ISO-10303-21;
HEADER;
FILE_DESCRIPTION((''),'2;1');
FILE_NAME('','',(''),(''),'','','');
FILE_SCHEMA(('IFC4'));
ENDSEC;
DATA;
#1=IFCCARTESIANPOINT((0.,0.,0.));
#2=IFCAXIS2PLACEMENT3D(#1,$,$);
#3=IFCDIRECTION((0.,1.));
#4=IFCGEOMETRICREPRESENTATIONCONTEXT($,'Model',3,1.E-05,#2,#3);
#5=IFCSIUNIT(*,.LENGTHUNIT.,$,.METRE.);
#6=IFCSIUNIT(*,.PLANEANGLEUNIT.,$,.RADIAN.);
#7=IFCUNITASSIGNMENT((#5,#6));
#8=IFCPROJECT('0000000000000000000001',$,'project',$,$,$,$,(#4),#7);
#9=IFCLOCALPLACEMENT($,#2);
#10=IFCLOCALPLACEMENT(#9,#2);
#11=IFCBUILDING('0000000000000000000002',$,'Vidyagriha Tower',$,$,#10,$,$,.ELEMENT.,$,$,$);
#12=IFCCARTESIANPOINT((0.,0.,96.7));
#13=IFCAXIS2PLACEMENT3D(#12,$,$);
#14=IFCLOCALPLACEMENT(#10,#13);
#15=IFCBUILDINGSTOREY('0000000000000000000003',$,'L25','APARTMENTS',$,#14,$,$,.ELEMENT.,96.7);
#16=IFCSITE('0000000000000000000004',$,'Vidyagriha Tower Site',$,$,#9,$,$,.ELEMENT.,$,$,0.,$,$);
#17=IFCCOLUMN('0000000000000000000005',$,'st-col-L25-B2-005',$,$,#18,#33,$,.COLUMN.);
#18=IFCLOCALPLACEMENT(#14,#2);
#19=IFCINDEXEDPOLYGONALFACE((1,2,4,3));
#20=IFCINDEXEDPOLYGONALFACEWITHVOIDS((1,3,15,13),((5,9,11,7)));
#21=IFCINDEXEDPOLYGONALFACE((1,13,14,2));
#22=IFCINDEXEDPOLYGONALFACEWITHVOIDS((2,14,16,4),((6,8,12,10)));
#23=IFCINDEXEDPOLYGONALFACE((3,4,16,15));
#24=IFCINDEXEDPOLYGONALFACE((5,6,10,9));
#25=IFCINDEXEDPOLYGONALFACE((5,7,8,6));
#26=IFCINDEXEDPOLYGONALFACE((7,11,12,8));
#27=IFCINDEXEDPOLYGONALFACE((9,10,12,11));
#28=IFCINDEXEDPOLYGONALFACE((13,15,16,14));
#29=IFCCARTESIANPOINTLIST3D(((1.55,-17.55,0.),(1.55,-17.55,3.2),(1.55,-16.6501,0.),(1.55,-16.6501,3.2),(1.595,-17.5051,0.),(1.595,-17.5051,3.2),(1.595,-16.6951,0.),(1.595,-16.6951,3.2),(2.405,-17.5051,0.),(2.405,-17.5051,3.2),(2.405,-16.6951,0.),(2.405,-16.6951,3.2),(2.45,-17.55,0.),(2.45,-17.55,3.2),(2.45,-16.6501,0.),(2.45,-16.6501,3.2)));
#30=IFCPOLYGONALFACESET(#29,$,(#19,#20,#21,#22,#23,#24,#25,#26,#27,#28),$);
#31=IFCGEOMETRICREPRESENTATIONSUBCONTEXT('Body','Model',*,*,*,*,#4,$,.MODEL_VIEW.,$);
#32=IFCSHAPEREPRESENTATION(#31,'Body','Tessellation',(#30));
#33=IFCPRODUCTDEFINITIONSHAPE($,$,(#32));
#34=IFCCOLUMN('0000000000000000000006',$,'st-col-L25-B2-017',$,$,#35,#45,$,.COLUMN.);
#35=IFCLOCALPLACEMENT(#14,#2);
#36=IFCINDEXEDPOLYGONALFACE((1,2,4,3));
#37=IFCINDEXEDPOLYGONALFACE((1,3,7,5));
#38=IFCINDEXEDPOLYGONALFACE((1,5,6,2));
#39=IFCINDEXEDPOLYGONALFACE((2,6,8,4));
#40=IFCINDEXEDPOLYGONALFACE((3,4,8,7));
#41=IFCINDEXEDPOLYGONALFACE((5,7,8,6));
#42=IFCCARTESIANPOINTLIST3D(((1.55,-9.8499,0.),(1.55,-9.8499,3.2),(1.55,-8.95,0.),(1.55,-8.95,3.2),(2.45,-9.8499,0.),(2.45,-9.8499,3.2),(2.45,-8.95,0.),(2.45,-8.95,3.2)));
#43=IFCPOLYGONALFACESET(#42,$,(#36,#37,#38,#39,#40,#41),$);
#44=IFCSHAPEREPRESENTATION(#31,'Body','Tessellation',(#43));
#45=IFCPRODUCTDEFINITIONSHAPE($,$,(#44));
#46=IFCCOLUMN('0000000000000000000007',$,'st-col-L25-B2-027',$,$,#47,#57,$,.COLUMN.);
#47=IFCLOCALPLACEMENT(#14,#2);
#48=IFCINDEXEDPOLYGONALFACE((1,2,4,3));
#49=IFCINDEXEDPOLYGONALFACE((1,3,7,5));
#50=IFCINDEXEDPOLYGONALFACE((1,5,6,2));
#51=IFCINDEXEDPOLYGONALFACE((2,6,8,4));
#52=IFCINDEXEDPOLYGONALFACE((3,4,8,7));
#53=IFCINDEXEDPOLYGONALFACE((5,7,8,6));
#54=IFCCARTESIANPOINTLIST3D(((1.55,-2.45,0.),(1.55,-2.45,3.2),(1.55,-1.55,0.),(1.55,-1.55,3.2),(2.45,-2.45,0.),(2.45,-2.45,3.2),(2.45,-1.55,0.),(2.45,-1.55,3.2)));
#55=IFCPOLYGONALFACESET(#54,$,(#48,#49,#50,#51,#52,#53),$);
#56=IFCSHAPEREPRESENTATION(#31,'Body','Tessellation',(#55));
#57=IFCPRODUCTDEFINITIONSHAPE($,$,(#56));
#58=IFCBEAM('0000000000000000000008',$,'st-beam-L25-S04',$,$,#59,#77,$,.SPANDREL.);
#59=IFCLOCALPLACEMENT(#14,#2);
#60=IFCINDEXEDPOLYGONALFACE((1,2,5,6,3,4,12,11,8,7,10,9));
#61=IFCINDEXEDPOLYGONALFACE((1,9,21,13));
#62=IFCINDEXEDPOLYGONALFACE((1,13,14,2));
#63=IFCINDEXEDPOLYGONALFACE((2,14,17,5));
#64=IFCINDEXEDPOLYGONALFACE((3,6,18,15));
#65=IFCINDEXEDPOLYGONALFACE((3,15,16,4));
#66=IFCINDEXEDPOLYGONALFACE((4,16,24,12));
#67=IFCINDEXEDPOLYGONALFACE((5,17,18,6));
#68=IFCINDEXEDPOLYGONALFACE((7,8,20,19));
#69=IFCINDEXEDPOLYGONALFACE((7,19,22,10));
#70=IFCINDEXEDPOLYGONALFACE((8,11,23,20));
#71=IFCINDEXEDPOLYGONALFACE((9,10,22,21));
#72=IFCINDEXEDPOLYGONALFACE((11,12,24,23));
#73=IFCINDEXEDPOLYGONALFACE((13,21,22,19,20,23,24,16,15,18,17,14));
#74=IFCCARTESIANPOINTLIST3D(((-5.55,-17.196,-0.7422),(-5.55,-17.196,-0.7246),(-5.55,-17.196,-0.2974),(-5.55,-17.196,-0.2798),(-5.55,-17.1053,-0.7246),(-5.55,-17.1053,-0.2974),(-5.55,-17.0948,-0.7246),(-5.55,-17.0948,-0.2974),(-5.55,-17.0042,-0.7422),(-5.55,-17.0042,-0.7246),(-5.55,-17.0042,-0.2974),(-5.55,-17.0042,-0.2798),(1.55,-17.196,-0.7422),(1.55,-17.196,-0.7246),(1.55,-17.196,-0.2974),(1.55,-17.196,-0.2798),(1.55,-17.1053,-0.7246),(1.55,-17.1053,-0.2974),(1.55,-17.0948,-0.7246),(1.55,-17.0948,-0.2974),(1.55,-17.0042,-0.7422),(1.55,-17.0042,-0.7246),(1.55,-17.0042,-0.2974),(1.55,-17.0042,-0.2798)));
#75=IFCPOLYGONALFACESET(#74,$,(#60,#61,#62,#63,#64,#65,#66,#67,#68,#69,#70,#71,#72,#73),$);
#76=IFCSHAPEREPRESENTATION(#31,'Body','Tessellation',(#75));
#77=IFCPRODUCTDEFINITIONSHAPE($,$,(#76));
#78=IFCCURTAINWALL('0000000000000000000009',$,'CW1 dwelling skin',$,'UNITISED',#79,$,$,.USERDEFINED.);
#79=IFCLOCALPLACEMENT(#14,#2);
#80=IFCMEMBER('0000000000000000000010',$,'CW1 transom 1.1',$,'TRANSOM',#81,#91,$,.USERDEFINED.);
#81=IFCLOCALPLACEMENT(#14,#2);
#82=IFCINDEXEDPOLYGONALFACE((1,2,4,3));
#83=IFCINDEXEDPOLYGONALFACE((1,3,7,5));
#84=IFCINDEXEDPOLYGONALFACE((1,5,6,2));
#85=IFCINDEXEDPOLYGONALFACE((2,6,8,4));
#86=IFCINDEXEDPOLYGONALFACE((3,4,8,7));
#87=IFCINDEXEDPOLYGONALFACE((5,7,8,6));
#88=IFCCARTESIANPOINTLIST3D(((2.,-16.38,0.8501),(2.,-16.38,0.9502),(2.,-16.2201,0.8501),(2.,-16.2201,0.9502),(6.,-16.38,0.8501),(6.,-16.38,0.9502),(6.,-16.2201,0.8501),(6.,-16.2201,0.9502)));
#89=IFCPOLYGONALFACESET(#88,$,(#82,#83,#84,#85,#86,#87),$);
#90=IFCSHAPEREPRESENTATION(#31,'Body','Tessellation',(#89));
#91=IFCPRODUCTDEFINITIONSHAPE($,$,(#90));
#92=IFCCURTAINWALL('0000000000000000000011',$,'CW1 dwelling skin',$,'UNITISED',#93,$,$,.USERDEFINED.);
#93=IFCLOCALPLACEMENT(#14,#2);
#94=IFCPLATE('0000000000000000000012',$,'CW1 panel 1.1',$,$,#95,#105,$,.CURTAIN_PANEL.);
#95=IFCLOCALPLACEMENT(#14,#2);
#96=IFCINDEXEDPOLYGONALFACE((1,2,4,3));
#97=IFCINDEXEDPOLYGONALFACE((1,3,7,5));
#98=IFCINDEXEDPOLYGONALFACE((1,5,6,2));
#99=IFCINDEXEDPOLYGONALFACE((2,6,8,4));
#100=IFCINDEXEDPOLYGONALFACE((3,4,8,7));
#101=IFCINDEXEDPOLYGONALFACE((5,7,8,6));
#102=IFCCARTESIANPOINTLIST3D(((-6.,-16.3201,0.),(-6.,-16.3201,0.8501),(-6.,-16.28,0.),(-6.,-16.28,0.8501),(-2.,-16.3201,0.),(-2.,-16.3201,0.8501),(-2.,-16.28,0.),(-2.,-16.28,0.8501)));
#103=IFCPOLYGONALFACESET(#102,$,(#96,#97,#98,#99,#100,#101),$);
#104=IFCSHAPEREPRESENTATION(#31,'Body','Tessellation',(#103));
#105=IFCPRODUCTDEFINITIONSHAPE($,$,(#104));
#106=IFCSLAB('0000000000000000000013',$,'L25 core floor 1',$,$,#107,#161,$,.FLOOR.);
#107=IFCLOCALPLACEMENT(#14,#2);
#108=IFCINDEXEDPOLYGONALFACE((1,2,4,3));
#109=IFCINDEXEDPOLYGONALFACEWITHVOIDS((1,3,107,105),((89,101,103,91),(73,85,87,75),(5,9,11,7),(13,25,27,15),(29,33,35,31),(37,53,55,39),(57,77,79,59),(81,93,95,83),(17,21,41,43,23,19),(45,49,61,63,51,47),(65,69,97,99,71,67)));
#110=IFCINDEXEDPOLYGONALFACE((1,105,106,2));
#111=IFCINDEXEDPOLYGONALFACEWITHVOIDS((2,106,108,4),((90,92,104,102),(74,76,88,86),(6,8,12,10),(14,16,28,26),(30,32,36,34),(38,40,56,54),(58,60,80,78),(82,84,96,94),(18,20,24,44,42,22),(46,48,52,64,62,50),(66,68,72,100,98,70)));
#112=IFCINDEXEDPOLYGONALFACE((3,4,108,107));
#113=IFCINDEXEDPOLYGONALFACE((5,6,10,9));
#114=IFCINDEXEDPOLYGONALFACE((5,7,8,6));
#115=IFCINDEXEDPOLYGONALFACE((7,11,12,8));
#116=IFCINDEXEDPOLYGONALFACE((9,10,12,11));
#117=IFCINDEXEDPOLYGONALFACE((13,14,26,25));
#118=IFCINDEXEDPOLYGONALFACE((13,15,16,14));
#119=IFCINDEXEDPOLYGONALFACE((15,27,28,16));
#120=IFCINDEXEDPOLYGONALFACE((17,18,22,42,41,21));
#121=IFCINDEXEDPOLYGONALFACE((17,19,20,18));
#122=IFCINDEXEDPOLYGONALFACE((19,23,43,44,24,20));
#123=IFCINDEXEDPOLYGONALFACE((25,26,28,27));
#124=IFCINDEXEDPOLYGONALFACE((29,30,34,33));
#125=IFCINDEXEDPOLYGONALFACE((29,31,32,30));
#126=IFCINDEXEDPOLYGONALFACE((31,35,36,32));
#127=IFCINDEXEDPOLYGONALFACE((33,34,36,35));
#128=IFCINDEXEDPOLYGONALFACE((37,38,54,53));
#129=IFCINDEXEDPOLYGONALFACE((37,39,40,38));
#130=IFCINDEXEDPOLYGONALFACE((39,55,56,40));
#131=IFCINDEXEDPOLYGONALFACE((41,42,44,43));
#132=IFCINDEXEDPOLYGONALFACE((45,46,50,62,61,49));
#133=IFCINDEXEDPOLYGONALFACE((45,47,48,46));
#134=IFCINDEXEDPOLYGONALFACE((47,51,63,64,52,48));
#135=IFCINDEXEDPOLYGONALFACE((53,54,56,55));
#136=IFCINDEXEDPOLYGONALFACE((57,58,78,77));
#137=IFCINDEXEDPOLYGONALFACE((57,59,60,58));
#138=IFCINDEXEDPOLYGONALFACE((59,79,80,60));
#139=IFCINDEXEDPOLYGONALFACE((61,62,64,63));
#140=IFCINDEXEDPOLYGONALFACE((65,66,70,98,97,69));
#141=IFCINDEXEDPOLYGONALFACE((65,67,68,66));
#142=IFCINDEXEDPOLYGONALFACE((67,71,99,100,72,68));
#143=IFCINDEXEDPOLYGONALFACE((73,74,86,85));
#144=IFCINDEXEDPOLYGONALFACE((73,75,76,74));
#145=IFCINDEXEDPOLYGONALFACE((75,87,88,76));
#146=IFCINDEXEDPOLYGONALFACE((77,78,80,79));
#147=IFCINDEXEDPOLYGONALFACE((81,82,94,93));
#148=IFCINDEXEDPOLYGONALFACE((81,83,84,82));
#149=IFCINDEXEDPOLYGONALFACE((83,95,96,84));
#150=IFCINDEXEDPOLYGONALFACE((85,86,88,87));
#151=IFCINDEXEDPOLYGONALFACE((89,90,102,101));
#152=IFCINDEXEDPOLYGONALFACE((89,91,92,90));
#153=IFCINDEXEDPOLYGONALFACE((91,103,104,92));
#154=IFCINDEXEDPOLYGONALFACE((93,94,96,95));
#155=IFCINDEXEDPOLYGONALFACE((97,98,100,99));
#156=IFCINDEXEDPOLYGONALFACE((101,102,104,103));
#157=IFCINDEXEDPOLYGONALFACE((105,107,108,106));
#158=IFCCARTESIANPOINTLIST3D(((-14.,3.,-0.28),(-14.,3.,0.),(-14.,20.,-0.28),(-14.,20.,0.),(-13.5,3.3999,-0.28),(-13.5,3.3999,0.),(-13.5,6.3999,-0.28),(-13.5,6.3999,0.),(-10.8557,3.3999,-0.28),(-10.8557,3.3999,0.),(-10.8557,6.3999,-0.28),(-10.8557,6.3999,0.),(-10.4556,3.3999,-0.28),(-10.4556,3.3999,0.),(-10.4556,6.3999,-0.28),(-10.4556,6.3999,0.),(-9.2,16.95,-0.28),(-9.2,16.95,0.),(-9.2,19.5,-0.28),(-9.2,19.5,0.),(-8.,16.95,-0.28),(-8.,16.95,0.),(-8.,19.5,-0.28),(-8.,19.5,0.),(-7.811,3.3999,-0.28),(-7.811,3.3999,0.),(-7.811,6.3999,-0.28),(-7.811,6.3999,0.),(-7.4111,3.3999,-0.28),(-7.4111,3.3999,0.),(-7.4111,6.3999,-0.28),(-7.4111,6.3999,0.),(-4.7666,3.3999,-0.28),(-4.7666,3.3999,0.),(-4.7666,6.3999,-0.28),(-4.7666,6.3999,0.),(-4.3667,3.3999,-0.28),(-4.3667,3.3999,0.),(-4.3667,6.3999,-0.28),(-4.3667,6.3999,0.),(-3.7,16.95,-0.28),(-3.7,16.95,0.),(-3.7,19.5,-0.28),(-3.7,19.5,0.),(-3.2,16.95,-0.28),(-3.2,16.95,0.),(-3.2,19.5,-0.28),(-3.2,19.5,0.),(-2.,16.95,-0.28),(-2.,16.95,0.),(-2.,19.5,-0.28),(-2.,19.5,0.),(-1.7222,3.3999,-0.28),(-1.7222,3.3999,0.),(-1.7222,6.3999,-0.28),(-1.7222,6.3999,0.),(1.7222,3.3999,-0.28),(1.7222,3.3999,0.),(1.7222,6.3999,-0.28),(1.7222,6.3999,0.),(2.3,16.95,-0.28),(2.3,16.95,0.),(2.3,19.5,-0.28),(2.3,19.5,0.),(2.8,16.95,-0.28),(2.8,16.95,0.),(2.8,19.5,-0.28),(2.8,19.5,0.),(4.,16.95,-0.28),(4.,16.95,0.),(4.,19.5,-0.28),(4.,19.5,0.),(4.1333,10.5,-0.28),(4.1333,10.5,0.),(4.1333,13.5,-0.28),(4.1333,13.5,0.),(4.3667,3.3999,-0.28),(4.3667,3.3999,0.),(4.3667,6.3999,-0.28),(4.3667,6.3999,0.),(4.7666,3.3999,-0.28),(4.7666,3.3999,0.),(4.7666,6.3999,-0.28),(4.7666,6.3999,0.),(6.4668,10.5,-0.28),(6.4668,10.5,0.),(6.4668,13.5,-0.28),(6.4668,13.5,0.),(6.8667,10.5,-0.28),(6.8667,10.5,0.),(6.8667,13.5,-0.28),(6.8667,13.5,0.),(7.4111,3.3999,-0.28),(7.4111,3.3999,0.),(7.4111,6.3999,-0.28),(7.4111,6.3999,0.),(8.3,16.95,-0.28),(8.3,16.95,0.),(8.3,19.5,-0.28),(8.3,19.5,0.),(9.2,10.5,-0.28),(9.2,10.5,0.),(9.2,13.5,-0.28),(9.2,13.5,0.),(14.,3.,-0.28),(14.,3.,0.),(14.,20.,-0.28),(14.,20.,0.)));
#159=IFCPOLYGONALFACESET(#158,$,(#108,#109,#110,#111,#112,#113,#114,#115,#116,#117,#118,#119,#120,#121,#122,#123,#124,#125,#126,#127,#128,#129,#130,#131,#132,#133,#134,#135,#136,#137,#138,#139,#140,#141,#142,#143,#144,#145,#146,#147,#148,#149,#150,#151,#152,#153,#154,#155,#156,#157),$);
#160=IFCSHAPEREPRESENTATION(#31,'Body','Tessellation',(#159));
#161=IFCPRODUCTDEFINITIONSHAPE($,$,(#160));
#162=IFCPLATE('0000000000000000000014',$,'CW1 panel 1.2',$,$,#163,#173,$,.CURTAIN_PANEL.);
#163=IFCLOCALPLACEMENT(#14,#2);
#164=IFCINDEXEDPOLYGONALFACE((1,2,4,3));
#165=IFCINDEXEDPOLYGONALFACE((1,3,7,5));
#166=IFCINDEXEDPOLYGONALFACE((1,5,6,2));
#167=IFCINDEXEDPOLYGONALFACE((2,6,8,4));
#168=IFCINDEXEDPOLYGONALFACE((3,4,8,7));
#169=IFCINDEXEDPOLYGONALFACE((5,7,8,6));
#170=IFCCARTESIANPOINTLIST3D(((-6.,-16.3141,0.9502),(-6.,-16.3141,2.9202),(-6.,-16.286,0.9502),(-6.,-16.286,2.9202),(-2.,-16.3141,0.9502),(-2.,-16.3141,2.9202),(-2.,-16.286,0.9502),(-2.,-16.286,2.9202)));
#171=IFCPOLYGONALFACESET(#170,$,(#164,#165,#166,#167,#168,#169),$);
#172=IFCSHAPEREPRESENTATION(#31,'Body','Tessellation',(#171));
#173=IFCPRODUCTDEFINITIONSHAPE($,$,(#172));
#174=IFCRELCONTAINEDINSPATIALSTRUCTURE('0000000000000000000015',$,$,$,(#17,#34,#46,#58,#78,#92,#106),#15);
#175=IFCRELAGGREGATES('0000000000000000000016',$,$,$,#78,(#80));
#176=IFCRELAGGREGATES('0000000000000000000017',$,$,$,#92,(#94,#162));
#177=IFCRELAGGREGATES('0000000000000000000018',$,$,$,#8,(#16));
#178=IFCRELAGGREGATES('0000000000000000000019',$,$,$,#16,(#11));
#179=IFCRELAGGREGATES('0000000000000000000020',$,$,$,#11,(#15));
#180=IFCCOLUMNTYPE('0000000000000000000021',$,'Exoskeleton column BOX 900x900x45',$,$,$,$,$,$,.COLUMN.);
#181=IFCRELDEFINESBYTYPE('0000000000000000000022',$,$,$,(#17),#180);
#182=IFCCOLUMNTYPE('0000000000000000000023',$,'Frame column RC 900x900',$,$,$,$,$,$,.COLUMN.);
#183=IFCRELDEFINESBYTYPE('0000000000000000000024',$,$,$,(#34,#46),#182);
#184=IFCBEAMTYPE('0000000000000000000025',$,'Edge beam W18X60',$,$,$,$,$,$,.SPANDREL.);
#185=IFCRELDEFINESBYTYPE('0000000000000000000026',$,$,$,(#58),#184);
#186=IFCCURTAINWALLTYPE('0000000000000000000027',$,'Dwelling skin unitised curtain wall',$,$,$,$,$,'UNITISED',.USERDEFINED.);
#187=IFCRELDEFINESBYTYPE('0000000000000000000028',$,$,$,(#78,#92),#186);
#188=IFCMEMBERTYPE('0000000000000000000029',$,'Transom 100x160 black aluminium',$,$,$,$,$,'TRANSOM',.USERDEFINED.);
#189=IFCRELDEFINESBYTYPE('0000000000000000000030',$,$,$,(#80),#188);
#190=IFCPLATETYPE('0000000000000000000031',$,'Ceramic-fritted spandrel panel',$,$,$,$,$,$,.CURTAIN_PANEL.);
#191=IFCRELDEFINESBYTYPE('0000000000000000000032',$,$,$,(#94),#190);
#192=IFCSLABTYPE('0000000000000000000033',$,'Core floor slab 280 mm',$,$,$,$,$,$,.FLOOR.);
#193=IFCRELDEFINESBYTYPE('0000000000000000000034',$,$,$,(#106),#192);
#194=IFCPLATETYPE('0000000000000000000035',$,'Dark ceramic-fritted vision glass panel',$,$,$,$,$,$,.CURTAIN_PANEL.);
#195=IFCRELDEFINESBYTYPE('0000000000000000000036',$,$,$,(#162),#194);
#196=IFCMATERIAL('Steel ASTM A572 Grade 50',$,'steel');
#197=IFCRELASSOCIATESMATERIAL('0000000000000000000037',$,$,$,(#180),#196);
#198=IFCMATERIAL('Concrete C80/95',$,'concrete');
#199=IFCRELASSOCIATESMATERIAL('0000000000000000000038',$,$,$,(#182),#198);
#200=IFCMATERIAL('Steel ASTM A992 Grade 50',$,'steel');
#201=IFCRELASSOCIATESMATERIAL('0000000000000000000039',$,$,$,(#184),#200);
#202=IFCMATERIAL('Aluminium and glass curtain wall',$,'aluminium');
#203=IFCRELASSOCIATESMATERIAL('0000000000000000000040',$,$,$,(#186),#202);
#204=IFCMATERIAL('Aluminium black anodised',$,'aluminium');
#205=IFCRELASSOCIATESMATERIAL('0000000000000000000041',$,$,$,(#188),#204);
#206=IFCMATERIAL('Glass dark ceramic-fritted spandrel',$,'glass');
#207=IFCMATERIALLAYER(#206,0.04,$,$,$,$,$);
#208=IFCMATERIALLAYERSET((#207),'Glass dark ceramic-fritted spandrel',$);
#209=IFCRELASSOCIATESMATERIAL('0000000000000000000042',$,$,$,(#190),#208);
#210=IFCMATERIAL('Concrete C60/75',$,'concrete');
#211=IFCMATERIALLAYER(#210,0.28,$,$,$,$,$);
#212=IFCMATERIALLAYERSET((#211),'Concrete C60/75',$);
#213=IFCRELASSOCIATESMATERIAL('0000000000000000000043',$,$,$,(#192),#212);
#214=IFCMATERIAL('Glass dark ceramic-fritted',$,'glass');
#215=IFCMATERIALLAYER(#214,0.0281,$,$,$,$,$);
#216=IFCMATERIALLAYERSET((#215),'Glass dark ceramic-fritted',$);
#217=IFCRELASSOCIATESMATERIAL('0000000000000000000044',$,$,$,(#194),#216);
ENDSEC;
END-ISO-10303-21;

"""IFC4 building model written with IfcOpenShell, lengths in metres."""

from ifc_helpers import new_model, si_unit, direction, frame, origin, origin_2d, place, context, subcontext, project, spatial, polyline, rectangle, hollow_rectangle, i_section, outline, extrude, material, layer, layer_set, material_profile, profile_set, type_object, element, aggregate, save


model = new_model("IFC4")

# Units and contexts
model_context = context("Model", 3, precision=1e-05, world=origin(), true_north=direction((0.0, 1.0)))
body_context = subcontext(model_context, "Body", "Model", "MODEL_VIEW")
ifc_project = project(units=[si_unit("LENGTHUNIT", "METRE"), si_unit("PLANEANGLEUNIT", "RADIAN")], contexts=[model_context])

# Site, building, storey
site_placement = place(None, origin())
site = spatial("IfcSite", under=ifc_project, at=site_placement, Name="Vidyagriha Tower Site", CompositionType="ELEMENT", RefElevation=0.0)
building_placement = place(site_placement, origin())
building = spatial("IfcBuilding", under=site, at=building_placement, Name="Vidyagriha Tower", CompositionType="ELEMENT")
storey_placement = place(building_placement, frame((0.0, 0.0, 96.7)))
storey = spatial("IfcBuildingStorey", under=building, at=storey_placement, Name="L25", Description="APARTMENTS", CompositionType="ELEMENT", Elevation=96.7)

# Columns
ifc_material_1 = material(Name="Steel ASTM A572 Grade 50", Category="steel")
ifc_material_profile_1 = material_profile(ifc_material_1, hollow_rectangle(XDim=0.8999, YDim=0.8999, WallThickness=0.0449, at=origin_2d()), Name="BOX 900x900x45")
ifc_profile_set_1 = profile_set([ifc_material_profile_1], Name="Steel ASTM A572 Grade 50")
column_type_1 = type_object("IfcColumnType", Name="Exoskeleton column BOX 900x900x45", PredefinedType="COLUMN", material=ifc_profile_set_1)
column_placement = place(storey_placement, frame((2.0, -17.1001, 0.0)))
element("IfcColumn", 1, at=column_placement, inside=storey, type_object=column_type_1, Name="st-col-L25-B2-005", PredefinedType="COLUMN", context=body_context, shape_type="SweptSolid", body=[
    extrude(hollow_rectangle(XDim=0.8999, YDim=0.8999, WallThickness=0.0449, at=origin_2d()), origin(), (0.0, 0.0, 1.0), 3.2),
])
ifc_material_2 = material(Name="Concrete C80/95", Category="concrete")
ifc_material_profile_2 = material_profile(ifc_material_2, rectangle(XDim=0.8999, YDim=0.8999, at=origin_2d()), Name="RC 900x900")
ifc_profile_set_2 = profile_set([ifc_material_profile_2], Name="Concrete C80/95")
column_type_2 = type_object("IfcColumnType", Name="Frame column RC 900x900", PredefinedType="COLUMN", material=ifc_profile_set_2)
for number, where, name in (
    (2, (2.0, -9.3999, 0.0), "st-col-L25-B2-017"),
    (3, (2.0, -2.0, 0.0), "st-col-L25-B2-027"),
):
    element("IfcColumn", number, at=place(storey_placement, frame(where)), inside=storey, type_object=column_type_2, Name=name, PredefinedType="COLUMN", context=body_context, shape_type="SweptSolid", body=[
        extrude(rectangle(XDim=0.8999, YDim=0.8999, at=origin_2d()), origin(), (0.0, 0.0, 1.0), 3.2),
    ])

# Beam
ifc_material_3 = material(Name="Steel ASTM A992 Grade 50", Category="steel")
ifc_material_profile_3 = material_profile(ifc_material_3, i_section(OverallWidth=0.1919, OverallDepth=0.4624, WebThickness=0.0105, FlangeThickness=0.0176, at=origin_2d()), Name="W18X60")
ifc_profile_set_3 = profile_set([ifc_material_profile_3], Name="Steel ASTM A992 Grade 50")
beam_type = type_object("IfcBeamType", Name="Edge beam W18X60", PredefinedType="SPANDREL", material=ifc_profile_set_3)
beam_placement = place(storey_placement, frame((-5.55, -17.1001, -0.511), z_axis=(1.0, 0.0, 0.0), x_axis=(0.0, 1.0, 0.0)))
element("IfcBeam", 4, at=beam_placement, inside=storey, type_object=beam_type, Name="st-beam-L25-S04", PredefinedType="SPANDREL", context=body_context, shape_type="SweptSolid", body=[
    extrude(i_section(OverallWidth=0.1919, OverallDepth=0.4624, WebThickness=0.0105, FlangeThickness=0.0176, at=origin_2d()), origin(), (0.0, 0.0, 1.0), 7.1001),
])

# Curtain wall, member
ifc_material_4 = material(Name="Aluminium and glass curtain wall", Category="aluminium")
curtain_wall_type = type_object("IfcCurtainWallType", Name="Dwelling skin unitised curtain wall", ElementType="UNITISED", PredefinedType="USERDEFINED", material=ifc_material_4)
curtain_wall_1_placement = place(storey_placement, origin())
curtain_wall_1 = element("IfcCurtainWall", 5, at=curtain_wall_1_placement, inside=storey, type_object=curtain_wall_type, Name="CW1 dwelling skin", ObjectType="UNITISED", PredefinedType="USERDEFINED")
ifc_material_5 = material(Name="Aluminium black anodised", Category="aluminium")
ifc_material_profile_4 = material_profile(ifc_material_5, rectangle(XDim=0.1599, YDim=0.1001, at=origin_2d()), Name="Transom 100x160 black aluminium")
ifc_profile_set_4 = profile_set([ifc_material_profile_4], Name="Aluminium black anodised")
member_type = type_object("IfcMemberType", Name="Transom 100x160 black aluminium", ElementType="TRANSOM", PredefinedType="USERDEFINED", material=ifc_profile_set_4)
member_placement = place(storey_placement, frame((2.0, -16.3, 0.9001), z_axis=(1.0, 0.0, 0.0), x_axis=(0.0, 1.0, 0.0)))
member = element("IfcMember", 6, at=member_placement, type_object=member_type, Name="CW1 transom 1.1", ObjectType="TRANSOM", PredefinedType="USERDEFINED", context=body_context, shape_type="SweptSolid", body=[
    extrude(rectangle(XDim=0.1599, YDim=0.1001, at=origin_2d()), origin(), (0.0, 0.0, 1.0), 4.0),
])
aggregate(curtain_wall_1, [member])

# Curtain wall, plate
curtain_wall_2_placement = place(storey_placement, origin())
curtain_wall_2 = element("IfcCurtainWall", 7, at=curtain_wall_2_placement, inside=storey, type_object=curtain_wall_type, Name="CW1 dwelling skin", ObjectType="UNITISED", PredefinedType="USERDEFINED")
ifc_material_6 = material(Name="Glass dark ceramic-fritted spandrel", Category="glass")
ifc_layer_1 = layer(ifc_material_6, 0.04)
ifc_layer_set_1 = layer_set([ifc_layer_1], Name="Glass dark ceramic-fritted spandrel")
plate_type_1 = type_object("IfcPlateType", Name="Ceramic-fritted spandrel panel", PredefinedType="CURTAIN_PANEL", material=ifc_layer_set_1)
plate_1_placement = place(storey_placement, frame((-4.0, -16.3, 0.0)))
plate_1 = element("IfcPlate", 8, at=plate_1_placement, type_object=plate_type_1, Name="CW1 panel 1.1", PredefinedType="CURTAIN_PANEL", context=body_context, shape_type="SweptSolid", body=[
    extrude(rectangle(XDim=4.0, YDim=0.04, at=origin_2d()), origin(), (0.0, 0.0, 1.0), 0.8501),
])

# Slab
ifc_material_7 = material(Name="Concrete C60/75", Category="concrete")
ifc_layer_2 = layer(ifc_material_7, 0.28)
ifc_layer_set_2 = layer_set([ifc_layer_2], Name="Concrete C60/75")
slab_type_1 = type_object("IfcSlabType", Name="Core floor slab 280 mm", PredefinedType="FLOOR", material=ifc_layer_set_2)
slab_1_placement = place(storey_placement, frame((0.0, 0.0, -0.28)))
element("IfcSlab", 9, at=slab_1_placement, inside=storey, type_object=slab_type_1, Name="L25 core floor 1", PredefinedType="FLOOR", context=body_context, shape_type="SweptSolid", body=[
    extrude(outline(polyline([(-14.0, 3.0), (-14.0, 20.0), (14.0, 20.0), (14.0, 3.0), (-14.0, 3.0)]), holes=[polyline([(9.2, 13.5), (6.8667, 13.5), (6.8667, 10.5), (9.2, 10.5), (9.2, 13.5)]), polyline([(4.0, 19.5), (2.8, 19.5), (2.8, 16.95), (4.0, 16.95), (8.3, 16.95), (8.3, 19.5), (4.0, 19.5)]), polyline([(7.4111, 6.3999), (4.7666, 6.3999), (4.7666, 3.3999), (7.4111, 3.3999), (7.4111, 6.3999)]), polyline([(6.4668, 13.5), (4.1333, 13.5), (4.1333, 10.5), (6.4668, 10.5), (6.4668, 13.5)]), polyline([(1.7222, 6.3999), (1.7222, 3.3999), (4.3667, 3.3999), (4.3667, 6.3999), (1.7222, 6.3999)]), polyline([(-2.0, 16.95), (2.3, 16.95), (2.3, 19.5), (-2.0, 19.5), (-3.2, 19.5), (-3.2, 16.95), (-2.0, 16.95)]), polyline([(-1.7222, 6.3999), (-4.3667, 6.3999), (-4.3667, 3.3999), (-1.7222, 3.3999), (-1.7222, 6.3999)]), polyline([(-8.0, 19.5), (-9.2, 19.5), (-9.2, 16.95), (-8.0, 16.95), (-3.7, 16.95), (-3.7, 19.5), (-8.0, 19.5)]), polyline([(-4.7666, 6.3999), (-7.4111, 6.3999), (-7.4111, 3.3999), (-4.7666, 3.3999), (-4.7666, 6.3999)]), polyline([(-7.811, 6.3999), (-10.4556, 6.3999), (-10.4556, 3.3999), (-7.811, 3.3999), (-7.811, 6.3999)]), polyline([(-13.5, 6.3999), (-13.5, 3.3999), (-10.8557, 3.3999), (-10.8557, 6.3999), (-13.5, 6.3999)])]), origin(), (0.0, 0.0, 1.0), 0.28),
])

# Plate
ifc_material_8 = material(Name="Glass dark ceramic-fritted", Category="glass")
ifc_layer_3 = layer(ifc_material_8, 0.0281)
ifc_layer_set_3 = layer_set([ifc_layer_3], Name="Glass dark ceramic-fritted")
plate_type_2 = type_object("IfcPlateType", Name="Dark ceramic-fritted vision glass panel", PredefinedType="CURTAIN_PANEL", material=ifc_layer_set_3)
plate_2_placement = place(storey_placement, frame((-4.0, -16.3, 0.9502)))
plate_2 = element("IfcPlate", 10, at=plate_2_placement, type_object=plate_type_2, Name="CW1 panel 1.2", PredefinedType="CURTAIN_PANEL", context=body_context, shape_type="SweptSolid", body=[
    extrude(rectangle(XDim=4.0, YDim=0.0281, at=origin_2d()), origin(), (0.0, 0.0, 1.0), 1.97),
])
aggregate(curtain_wall_2, [plate_1, plate_2])

save(model, "model.ifc")
